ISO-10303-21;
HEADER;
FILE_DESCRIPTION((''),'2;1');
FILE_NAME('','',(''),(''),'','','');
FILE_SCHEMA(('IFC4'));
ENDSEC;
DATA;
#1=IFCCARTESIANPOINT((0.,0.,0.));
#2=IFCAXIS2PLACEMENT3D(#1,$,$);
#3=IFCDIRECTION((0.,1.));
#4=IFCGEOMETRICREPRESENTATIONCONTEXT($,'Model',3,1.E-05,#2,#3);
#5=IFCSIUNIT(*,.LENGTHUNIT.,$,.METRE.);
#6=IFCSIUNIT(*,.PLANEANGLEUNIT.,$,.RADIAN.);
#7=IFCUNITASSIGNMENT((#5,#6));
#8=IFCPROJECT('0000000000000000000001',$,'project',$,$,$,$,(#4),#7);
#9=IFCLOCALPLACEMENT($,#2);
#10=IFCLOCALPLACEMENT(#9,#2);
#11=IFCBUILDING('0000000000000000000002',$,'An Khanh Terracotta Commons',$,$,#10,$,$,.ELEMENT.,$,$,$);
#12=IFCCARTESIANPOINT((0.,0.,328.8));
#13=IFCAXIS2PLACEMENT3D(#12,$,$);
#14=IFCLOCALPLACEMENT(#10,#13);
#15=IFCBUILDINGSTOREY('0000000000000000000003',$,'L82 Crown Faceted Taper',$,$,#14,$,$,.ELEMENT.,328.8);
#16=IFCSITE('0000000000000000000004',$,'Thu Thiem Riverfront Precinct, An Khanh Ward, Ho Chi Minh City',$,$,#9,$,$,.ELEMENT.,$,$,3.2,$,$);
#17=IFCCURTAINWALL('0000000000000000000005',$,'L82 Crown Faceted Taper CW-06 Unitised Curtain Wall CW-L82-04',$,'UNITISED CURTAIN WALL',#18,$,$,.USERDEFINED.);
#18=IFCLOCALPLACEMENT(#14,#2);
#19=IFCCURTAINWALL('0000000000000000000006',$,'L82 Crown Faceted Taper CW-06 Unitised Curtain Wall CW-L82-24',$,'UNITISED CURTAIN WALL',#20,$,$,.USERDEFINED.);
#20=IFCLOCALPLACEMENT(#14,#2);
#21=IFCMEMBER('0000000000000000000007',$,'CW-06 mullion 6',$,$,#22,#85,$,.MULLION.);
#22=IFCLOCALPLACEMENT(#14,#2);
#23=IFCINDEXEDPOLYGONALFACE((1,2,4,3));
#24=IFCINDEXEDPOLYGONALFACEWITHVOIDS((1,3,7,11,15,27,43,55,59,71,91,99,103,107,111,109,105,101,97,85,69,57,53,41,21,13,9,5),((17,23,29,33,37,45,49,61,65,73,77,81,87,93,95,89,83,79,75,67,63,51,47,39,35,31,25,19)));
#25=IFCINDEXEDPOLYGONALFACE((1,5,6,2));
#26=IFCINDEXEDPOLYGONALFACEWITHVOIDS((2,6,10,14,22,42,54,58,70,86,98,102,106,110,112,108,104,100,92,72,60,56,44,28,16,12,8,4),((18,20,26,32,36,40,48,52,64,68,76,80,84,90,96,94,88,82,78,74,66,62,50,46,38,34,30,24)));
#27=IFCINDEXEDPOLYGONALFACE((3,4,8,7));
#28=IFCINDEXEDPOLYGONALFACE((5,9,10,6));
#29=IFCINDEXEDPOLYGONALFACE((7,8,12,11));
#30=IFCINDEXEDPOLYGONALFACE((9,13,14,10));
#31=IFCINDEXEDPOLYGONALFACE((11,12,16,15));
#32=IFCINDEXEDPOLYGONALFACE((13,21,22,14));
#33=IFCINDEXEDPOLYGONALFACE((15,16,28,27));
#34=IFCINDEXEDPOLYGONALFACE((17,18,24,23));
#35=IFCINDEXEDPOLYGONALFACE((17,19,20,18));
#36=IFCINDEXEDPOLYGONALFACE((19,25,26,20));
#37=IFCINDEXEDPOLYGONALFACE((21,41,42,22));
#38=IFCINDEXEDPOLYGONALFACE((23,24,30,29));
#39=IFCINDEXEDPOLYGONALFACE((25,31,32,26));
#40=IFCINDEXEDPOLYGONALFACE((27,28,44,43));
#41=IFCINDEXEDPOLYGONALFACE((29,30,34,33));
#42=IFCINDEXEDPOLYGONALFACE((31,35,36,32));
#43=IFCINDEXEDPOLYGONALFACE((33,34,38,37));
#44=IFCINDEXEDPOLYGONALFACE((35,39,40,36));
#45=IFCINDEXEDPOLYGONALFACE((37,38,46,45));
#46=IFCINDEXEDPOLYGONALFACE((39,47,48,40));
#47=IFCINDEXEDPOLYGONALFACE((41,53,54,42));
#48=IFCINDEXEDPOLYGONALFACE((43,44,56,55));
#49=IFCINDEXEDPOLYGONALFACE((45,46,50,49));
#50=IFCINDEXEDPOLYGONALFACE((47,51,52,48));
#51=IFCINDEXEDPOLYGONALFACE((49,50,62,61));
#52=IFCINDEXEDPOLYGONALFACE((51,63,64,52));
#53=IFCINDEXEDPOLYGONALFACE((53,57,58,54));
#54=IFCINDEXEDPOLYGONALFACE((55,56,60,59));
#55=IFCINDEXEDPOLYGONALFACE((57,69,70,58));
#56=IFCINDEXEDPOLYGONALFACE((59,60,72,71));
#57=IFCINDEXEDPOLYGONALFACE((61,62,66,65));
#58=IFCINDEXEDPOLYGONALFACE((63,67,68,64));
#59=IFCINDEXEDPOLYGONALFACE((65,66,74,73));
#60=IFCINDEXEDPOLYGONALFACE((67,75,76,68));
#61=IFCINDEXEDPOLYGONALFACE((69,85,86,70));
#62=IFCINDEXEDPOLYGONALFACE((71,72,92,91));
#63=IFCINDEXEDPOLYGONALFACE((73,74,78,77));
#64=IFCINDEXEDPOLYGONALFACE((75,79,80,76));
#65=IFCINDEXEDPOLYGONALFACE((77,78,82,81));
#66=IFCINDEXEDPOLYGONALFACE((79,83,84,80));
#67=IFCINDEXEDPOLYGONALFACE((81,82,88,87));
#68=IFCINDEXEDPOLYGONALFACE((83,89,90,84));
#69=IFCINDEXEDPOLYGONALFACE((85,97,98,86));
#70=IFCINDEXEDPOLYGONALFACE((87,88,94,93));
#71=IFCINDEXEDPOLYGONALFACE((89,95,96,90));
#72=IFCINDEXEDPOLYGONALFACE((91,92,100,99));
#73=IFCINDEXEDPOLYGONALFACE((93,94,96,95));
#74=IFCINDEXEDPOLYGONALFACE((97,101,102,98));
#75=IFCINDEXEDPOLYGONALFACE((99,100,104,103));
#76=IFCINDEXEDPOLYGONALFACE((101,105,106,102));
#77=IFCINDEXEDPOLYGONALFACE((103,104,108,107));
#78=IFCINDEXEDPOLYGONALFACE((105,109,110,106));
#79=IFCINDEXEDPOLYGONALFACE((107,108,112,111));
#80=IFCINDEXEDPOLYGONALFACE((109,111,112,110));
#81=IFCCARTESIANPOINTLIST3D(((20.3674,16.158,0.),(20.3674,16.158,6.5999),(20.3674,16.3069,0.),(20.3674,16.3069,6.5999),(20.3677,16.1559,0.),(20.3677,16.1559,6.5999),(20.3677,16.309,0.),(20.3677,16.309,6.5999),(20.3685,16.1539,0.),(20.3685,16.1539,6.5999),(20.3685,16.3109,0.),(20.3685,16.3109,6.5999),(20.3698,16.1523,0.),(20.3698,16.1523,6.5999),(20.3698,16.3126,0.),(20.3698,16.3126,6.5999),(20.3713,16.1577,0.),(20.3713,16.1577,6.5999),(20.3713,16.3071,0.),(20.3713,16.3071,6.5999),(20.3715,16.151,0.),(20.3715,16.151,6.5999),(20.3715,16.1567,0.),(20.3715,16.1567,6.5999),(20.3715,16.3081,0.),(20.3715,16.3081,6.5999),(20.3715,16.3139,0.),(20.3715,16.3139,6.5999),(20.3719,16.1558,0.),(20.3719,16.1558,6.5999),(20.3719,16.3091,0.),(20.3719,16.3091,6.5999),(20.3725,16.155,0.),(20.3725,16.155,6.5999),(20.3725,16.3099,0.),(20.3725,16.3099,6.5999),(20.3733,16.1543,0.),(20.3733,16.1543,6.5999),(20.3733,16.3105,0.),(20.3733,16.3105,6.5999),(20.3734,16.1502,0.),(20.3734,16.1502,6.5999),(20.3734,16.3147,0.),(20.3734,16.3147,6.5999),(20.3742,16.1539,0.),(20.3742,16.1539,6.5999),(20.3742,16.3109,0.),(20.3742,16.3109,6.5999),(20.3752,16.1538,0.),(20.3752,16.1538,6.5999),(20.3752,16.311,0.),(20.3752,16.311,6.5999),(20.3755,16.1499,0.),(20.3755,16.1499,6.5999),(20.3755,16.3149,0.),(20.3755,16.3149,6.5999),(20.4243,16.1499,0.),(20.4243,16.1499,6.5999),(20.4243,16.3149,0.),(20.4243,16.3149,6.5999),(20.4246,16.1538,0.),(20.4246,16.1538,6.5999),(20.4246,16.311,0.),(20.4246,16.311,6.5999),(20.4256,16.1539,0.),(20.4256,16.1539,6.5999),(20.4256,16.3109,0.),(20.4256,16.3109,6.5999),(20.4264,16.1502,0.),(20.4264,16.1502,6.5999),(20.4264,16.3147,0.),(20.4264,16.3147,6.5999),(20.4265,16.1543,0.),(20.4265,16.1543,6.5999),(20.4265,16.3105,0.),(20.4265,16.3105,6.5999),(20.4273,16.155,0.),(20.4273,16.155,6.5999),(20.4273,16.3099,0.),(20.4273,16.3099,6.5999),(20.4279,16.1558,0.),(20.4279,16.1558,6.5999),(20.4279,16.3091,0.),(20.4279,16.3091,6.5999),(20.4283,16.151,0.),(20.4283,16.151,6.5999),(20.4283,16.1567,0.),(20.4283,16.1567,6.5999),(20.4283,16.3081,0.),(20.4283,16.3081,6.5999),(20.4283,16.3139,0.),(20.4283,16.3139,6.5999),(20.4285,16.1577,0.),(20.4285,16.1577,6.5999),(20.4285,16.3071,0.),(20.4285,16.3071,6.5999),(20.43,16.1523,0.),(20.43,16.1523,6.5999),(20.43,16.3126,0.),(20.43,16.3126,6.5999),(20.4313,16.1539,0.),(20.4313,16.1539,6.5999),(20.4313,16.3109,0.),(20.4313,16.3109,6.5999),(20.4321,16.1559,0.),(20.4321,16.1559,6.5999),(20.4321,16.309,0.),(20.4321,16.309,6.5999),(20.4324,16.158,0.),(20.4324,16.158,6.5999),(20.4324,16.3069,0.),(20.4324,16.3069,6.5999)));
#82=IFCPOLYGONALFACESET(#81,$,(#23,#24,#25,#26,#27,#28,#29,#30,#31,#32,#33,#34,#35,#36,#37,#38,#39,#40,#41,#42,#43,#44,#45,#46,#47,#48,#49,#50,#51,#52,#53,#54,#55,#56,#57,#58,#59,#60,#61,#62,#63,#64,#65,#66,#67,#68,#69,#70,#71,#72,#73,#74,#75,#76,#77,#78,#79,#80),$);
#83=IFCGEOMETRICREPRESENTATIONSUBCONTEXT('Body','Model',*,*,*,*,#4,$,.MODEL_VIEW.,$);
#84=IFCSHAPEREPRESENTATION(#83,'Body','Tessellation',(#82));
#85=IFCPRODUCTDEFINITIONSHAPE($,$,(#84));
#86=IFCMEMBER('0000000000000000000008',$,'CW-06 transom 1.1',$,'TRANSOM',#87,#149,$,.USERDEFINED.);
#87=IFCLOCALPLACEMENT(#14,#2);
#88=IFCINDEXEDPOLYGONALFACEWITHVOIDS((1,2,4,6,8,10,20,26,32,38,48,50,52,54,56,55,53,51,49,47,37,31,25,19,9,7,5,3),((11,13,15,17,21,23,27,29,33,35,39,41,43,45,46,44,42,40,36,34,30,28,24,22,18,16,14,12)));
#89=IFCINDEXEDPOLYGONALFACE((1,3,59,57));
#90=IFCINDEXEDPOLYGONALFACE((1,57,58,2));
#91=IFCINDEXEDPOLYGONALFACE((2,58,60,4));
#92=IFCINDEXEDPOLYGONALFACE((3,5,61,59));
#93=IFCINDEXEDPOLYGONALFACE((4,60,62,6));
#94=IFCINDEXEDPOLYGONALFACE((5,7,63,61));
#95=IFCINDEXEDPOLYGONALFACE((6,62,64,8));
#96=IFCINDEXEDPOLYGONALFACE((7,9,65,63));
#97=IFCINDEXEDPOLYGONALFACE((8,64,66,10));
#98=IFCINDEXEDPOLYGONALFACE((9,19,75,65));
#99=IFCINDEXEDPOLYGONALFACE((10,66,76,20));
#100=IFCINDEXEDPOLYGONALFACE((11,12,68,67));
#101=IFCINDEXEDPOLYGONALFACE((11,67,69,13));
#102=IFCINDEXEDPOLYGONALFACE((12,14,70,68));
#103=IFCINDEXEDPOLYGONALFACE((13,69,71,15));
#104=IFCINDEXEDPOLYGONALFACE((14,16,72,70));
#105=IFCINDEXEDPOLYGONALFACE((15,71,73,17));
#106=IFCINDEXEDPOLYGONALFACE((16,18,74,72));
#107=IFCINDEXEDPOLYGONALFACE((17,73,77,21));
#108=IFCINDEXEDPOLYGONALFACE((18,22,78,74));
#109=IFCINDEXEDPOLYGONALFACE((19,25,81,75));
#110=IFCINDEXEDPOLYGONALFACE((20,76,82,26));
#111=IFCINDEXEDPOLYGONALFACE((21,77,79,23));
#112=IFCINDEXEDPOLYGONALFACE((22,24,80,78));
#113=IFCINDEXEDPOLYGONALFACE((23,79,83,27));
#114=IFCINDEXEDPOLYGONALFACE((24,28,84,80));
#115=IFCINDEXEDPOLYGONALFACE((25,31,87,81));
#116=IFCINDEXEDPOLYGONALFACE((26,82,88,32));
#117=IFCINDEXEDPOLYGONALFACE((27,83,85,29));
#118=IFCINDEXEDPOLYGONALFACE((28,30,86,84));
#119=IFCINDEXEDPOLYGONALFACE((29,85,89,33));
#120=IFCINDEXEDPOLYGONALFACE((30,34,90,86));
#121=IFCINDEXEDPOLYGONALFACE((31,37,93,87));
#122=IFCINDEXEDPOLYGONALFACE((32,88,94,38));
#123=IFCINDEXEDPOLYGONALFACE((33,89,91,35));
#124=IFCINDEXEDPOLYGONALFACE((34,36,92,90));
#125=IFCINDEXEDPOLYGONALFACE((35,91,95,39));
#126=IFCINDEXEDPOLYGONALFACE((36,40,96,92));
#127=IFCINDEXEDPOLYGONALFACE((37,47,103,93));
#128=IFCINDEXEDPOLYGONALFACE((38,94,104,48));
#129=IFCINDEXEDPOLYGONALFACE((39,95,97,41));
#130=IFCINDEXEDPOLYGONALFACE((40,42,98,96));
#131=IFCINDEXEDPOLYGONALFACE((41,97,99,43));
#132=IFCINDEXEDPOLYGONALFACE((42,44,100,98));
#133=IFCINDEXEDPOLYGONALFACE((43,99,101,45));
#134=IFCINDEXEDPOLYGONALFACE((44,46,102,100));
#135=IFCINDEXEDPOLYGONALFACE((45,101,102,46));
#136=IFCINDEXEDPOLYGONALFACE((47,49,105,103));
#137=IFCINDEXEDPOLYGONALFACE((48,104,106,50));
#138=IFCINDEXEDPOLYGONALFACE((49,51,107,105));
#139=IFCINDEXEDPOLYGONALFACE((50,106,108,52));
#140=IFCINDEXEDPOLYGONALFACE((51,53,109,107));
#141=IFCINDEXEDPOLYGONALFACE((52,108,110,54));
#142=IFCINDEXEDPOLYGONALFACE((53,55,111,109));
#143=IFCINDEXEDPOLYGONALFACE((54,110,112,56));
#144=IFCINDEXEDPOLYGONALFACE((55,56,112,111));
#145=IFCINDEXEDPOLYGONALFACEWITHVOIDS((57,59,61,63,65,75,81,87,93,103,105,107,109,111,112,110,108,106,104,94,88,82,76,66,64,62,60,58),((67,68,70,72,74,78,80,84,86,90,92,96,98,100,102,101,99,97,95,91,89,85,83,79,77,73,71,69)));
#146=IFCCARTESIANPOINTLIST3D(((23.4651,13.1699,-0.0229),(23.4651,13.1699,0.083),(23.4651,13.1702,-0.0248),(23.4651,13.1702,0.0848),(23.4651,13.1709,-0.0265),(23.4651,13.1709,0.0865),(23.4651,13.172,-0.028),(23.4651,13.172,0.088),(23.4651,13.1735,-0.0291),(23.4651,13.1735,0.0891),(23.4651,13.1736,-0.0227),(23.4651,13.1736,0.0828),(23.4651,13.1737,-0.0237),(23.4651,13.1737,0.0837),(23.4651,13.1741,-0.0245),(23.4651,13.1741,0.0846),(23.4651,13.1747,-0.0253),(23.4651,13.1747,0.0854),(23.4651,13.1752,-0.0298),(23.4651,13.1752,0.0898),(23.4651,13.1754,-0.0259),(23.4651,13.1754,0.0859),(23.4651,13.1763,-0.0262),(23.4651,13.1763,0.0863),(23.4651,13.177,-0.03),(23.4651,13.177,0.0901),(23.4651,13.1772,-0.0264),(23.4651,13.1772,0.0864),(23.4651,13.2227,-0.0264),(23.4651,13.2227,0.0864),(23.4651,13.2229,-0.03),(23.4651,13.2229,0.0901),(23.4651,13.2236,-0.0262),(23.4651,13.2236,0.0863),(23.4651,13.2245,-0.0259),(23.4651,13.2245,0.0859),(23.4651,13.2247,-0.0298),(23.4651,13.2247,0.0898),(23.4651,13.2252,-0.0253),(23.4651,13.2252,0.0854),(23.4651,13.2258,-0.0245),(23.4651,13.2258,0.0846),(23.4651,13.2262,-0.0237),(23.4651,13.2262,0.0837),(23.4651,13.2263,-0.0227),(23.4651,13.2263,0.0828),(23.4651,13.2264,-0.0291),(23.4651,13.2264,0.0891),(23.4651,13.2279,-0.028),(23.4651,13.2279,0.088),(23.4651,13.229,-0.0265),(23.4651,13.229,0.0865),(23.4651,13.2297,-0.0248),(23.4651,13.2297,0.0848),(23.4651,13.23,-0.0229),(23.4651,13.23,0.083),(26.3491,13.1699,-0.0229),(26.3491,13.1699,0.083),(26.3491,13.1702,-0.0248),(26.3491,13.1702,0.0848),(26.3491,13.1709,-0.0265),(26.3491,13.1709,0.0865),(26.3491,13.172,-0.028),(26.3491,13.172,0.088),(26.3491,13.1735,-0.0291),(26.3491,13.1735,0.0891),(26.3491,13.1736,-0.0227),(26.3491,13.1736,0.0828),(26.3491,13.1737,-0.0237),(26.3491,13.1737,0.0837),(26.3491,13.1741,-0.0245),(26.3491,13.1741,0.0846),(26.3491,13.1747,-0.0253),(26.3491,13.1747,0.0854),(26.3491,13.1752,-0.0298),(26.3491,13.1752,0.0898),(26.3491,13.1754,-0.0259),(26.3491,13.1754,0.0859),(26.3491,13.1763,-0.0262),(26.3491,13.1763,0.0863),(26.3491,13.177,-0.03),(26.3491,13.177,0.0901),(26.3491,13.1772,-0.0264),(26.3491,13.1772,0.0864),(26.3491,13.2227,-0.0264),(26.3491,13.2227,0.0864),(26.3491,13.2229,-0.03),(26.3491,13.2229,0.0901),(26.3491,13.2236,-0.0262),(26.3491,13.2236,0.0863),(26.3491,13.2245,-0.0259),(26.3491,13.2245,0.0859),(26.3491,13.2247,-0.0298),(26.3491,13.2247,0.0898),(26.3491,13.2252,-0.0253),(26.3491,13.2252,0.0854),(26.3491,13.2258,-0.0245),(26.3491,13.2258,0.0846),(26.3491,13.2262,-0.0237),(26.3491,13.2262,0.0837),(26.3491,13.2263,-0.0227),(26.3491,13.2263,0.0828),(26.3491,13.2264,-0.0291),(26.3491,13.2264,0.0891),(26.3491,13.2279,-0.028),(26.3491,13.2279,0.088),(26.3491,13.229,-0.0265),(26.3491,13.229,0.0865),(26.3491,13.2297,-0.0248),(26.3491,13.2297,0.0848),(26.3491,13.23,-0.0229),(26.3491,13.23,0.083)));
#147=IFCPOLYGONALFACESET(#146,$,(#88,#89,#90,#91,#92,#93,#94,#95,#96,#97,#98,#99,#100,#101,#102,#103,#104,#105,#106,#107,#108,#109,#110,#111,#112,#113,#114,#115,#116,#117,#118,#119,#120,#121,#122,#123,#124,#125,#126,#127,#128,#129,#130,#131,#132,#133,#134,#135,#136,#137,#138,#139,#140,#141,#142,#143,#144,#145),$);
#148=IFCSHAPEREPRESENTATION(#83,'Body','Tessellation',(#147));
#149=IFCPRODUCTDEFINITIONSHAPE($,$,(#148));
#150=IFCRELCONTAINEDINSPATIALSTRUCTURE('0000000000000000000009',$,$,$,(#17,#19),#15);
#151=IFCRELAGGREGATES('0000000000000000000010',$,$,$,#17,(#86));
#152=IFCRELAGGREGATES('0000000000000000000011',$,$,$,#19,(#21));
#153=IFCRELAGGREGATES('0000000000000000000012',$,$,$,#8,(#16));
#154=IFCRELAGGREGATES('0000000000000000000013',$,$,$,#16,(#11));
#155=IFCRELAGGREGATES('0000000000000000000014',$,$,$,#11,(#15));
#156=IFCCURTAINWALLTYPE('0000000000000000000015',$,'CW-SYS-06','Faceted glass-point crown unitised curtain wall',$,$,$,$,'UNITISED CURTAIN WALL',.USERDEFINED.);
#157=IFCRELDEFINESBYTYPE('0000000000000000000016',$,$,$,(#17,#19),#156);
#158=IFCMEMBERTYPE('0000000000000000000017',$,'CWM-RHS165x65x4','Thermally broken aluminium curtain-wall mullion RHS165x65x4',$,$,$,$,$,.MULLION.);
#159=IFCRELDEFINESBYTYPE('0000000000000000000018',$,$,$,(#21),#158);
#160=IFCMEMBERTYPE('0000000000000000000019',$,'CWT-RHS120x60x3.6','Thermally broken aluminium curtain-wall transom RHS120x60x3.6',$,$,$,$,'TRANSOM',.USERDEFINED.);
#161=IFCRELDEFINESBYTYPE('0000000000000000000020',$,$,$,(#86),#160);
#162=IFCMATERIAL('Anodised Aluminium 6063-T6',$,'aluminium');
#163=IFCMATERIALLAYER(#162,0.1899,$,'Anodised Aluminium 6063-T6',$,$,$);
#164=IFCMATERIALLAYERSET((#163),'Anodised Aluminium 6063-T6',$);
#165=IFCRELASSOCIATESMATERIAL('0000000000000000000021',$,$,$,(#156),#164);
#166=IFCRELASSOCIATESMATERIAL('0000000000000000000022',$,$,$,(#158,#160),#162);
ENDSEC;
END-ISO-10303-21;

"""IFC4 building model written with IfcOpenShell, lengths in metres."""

from ifc_helpers import new_model, si_unit, direction, frame, origin, origin_2d, place, context, subcontext, project, spatial, hollow_rectangle, extrude, material, layer, layer_set, material_profile, profile_set, type_object, element, aggregate, save


model = new_model("IFC4")

# Units and contexts
model_context = context("Model", 3, precision=1e-05, world=origin(), true_north=direction((0.0, 1.0)))
body_context = subcontext(model_context, "Body", "Model", "MODEL_VIEW")
ifc_project = project(units=[si_unit("LENGTHUNIT", "METRE"), si_unit("PLANEANGLEUNIT", "RADIAN")], contexts=[model_context])

# Site, building, storey
site_placement = place(None, origin())
site = spatial("IfcSite", under=ifc_project, at=site_placement, Name="Thu Thiem Riverfront Precinct, An Khanh Ward, Ho Chi Minh City", CompositionType="ELEMENT", RefElevation=3.2)
building_placement = place(site_placement, origin())
building = spatial("IfcBuilding", under=site, at=building_placement, Name="An Khanh Terracotta Commons", CompositionType="ELEMENT")
storey_placement = place(building_placement, frame((0.0, 0.0, 328.8)))
storey = spatial("IfcBuildingStorey", under=building, at=storey_placement, Name="L82 Crown Faceted Taper", CompositionType="ELEMENT", Elevation=328.8)

# Curtain wall
ifc_material_1 = material(Name="Anodised Aluminium 6063-T6", Category="aluminium")
ifc_layer_1 = layer(ifc_material_1, 0.1899, Name="Anodised Aluminium 6063-T6")
ifc_layer_set_1 = layer_set([ifc_layer_1], Name="Anodised Aluminium 6063-T6")
curtain_wall_type = type_object("IfcCurtainWallType", Name="CW-SYS-06", Description="Faceted glass-point crown unitised curtain wall", ElementType="UNITISED CURTAIN WALL", PredefinedType="USERDEFINED", material=ifc_layer_set_1)
curtain_wall_1_placement = place(storey_placement, origin())
curtain_wall_1 = element("IfcCurtainWall", 1, at=curtain_wall_1_placement, inside=storey, type_object=curtain_wall_type, Name="L82 Crown Faceted Taper CW-06 Unitised Curtain Wall CW-L82-04", ObjectType="UNITISED CURTAIN WALL", PredefinedType="USERDEFINED")
ifc_material_profile_1 = material_profile(ifc_material_1, hollow_rectangle(XDim=0.0649, YDim=0.165, WallThickness=0.0039, InnerFilletRadius=0.0039, OuterFilletRadius=0.0081, at=origin_2d()), Name="RHS165x65x4")
ifc_profile_set_1 = profile_set([ifc_material_profile_1], Name="Anodised Aluminium 6063-T6")
member_type_1 = type_object("IfcMemberType", Name="CWM-RHS165x65x4", Description="Thermally broken aluminium curtain-wall mullion RHS165x65x4", PredefinedType="MULLION", material=ifc_profile_set_1)

# Curtain wall, member
curtain_wall_2_placement = place(storey_placement, origin())
curtain_wall_2 = element("IfcCurtainWall", 2, at=curtain_wall_2_placement, inside=storey, type_object=curtain_wall_type, Name="L82 Crown Faceted Taper CW-06 Unitised Curtain Wall CW-L82-24", ObjectType="UNITISED CURTAIN WALL", PredefinedType="USERDEFINED")
member_1_placement = place(storey_placement, frame((20.3999, 16.2324, 0.0), z_axis=(0.0, 0.0, 1.0), x_axis=(1.0, 0.0, 0.0)))
member_1 = element("IfcMember", 3, at=member_1_placement, type_object=member_type_1, Name="CW-06 mullion 6", PredefinedType="MULLION", context=body_context, shape_type="SweptSolid", body=[
    extrude(hollow_rectangle(XDim=0.0649, YDim=0.165, WallThickness=0.0039, InnerFilletRadius=0.0039, OuterFilletRadius=0.0081, at=origin_2d()), origin(), (0.0, 0.0, 1.0), 6.5999),
])

# Member
ifc_material_profile_2 = material_profile(ifc_material_1, hollow_rectangle(XDim=0.0601, YDim=0.1201, WallThickness=0.0037, InnerFilletRadius=0.0037, OuterFilletRadius=0.0071, at=origin_2d()), Name="RHS120x60x3.6")
ifc_profile_set_2 = profile_set([ifc_material_profile_2], Name="Anodised Aluminium 6063-T6")
member_type_2 = type_object("IfcMemberType", Name="CWT-RHS120x60x3.6", Description="Thermally broken aluminium curtain-wall transom RHS120x60x3.6", ElementType="TRANSOM", PredefinedType="USERDEFINED", material=ifc_profile_set_2)
member_2_placement = place(storey_placement, frame((23.4651, 13.2, 0.03), z_axis=(1.0, 0.0, 0.0), x_axis=(0.0, 1.0, 0.0)))
member_2 = element("IfcMember", 4, at=member_2_placement, type_object=member_type_2, Name="CW-06 transom 1.1", ObjectType="TRANSOM", PredefinedType="USERDEFINED", context=body_context, shape_type="SweptSolid", body=[
    extrude(hollow_rectangle(XDim=0.0601, YDim=0.1201, WallThickness=0.0037, InnerFilletRadius=0.0037, OuterFilletRadius=0.0071, at=origin_2d()), origin(), (0.0, 0.0, 1.0), 2.884),
])
aggregate(curtain_wall_1, [member_2])

aggregate(curtain_wall_2, [member_1])

save(model, "model.ifc")
